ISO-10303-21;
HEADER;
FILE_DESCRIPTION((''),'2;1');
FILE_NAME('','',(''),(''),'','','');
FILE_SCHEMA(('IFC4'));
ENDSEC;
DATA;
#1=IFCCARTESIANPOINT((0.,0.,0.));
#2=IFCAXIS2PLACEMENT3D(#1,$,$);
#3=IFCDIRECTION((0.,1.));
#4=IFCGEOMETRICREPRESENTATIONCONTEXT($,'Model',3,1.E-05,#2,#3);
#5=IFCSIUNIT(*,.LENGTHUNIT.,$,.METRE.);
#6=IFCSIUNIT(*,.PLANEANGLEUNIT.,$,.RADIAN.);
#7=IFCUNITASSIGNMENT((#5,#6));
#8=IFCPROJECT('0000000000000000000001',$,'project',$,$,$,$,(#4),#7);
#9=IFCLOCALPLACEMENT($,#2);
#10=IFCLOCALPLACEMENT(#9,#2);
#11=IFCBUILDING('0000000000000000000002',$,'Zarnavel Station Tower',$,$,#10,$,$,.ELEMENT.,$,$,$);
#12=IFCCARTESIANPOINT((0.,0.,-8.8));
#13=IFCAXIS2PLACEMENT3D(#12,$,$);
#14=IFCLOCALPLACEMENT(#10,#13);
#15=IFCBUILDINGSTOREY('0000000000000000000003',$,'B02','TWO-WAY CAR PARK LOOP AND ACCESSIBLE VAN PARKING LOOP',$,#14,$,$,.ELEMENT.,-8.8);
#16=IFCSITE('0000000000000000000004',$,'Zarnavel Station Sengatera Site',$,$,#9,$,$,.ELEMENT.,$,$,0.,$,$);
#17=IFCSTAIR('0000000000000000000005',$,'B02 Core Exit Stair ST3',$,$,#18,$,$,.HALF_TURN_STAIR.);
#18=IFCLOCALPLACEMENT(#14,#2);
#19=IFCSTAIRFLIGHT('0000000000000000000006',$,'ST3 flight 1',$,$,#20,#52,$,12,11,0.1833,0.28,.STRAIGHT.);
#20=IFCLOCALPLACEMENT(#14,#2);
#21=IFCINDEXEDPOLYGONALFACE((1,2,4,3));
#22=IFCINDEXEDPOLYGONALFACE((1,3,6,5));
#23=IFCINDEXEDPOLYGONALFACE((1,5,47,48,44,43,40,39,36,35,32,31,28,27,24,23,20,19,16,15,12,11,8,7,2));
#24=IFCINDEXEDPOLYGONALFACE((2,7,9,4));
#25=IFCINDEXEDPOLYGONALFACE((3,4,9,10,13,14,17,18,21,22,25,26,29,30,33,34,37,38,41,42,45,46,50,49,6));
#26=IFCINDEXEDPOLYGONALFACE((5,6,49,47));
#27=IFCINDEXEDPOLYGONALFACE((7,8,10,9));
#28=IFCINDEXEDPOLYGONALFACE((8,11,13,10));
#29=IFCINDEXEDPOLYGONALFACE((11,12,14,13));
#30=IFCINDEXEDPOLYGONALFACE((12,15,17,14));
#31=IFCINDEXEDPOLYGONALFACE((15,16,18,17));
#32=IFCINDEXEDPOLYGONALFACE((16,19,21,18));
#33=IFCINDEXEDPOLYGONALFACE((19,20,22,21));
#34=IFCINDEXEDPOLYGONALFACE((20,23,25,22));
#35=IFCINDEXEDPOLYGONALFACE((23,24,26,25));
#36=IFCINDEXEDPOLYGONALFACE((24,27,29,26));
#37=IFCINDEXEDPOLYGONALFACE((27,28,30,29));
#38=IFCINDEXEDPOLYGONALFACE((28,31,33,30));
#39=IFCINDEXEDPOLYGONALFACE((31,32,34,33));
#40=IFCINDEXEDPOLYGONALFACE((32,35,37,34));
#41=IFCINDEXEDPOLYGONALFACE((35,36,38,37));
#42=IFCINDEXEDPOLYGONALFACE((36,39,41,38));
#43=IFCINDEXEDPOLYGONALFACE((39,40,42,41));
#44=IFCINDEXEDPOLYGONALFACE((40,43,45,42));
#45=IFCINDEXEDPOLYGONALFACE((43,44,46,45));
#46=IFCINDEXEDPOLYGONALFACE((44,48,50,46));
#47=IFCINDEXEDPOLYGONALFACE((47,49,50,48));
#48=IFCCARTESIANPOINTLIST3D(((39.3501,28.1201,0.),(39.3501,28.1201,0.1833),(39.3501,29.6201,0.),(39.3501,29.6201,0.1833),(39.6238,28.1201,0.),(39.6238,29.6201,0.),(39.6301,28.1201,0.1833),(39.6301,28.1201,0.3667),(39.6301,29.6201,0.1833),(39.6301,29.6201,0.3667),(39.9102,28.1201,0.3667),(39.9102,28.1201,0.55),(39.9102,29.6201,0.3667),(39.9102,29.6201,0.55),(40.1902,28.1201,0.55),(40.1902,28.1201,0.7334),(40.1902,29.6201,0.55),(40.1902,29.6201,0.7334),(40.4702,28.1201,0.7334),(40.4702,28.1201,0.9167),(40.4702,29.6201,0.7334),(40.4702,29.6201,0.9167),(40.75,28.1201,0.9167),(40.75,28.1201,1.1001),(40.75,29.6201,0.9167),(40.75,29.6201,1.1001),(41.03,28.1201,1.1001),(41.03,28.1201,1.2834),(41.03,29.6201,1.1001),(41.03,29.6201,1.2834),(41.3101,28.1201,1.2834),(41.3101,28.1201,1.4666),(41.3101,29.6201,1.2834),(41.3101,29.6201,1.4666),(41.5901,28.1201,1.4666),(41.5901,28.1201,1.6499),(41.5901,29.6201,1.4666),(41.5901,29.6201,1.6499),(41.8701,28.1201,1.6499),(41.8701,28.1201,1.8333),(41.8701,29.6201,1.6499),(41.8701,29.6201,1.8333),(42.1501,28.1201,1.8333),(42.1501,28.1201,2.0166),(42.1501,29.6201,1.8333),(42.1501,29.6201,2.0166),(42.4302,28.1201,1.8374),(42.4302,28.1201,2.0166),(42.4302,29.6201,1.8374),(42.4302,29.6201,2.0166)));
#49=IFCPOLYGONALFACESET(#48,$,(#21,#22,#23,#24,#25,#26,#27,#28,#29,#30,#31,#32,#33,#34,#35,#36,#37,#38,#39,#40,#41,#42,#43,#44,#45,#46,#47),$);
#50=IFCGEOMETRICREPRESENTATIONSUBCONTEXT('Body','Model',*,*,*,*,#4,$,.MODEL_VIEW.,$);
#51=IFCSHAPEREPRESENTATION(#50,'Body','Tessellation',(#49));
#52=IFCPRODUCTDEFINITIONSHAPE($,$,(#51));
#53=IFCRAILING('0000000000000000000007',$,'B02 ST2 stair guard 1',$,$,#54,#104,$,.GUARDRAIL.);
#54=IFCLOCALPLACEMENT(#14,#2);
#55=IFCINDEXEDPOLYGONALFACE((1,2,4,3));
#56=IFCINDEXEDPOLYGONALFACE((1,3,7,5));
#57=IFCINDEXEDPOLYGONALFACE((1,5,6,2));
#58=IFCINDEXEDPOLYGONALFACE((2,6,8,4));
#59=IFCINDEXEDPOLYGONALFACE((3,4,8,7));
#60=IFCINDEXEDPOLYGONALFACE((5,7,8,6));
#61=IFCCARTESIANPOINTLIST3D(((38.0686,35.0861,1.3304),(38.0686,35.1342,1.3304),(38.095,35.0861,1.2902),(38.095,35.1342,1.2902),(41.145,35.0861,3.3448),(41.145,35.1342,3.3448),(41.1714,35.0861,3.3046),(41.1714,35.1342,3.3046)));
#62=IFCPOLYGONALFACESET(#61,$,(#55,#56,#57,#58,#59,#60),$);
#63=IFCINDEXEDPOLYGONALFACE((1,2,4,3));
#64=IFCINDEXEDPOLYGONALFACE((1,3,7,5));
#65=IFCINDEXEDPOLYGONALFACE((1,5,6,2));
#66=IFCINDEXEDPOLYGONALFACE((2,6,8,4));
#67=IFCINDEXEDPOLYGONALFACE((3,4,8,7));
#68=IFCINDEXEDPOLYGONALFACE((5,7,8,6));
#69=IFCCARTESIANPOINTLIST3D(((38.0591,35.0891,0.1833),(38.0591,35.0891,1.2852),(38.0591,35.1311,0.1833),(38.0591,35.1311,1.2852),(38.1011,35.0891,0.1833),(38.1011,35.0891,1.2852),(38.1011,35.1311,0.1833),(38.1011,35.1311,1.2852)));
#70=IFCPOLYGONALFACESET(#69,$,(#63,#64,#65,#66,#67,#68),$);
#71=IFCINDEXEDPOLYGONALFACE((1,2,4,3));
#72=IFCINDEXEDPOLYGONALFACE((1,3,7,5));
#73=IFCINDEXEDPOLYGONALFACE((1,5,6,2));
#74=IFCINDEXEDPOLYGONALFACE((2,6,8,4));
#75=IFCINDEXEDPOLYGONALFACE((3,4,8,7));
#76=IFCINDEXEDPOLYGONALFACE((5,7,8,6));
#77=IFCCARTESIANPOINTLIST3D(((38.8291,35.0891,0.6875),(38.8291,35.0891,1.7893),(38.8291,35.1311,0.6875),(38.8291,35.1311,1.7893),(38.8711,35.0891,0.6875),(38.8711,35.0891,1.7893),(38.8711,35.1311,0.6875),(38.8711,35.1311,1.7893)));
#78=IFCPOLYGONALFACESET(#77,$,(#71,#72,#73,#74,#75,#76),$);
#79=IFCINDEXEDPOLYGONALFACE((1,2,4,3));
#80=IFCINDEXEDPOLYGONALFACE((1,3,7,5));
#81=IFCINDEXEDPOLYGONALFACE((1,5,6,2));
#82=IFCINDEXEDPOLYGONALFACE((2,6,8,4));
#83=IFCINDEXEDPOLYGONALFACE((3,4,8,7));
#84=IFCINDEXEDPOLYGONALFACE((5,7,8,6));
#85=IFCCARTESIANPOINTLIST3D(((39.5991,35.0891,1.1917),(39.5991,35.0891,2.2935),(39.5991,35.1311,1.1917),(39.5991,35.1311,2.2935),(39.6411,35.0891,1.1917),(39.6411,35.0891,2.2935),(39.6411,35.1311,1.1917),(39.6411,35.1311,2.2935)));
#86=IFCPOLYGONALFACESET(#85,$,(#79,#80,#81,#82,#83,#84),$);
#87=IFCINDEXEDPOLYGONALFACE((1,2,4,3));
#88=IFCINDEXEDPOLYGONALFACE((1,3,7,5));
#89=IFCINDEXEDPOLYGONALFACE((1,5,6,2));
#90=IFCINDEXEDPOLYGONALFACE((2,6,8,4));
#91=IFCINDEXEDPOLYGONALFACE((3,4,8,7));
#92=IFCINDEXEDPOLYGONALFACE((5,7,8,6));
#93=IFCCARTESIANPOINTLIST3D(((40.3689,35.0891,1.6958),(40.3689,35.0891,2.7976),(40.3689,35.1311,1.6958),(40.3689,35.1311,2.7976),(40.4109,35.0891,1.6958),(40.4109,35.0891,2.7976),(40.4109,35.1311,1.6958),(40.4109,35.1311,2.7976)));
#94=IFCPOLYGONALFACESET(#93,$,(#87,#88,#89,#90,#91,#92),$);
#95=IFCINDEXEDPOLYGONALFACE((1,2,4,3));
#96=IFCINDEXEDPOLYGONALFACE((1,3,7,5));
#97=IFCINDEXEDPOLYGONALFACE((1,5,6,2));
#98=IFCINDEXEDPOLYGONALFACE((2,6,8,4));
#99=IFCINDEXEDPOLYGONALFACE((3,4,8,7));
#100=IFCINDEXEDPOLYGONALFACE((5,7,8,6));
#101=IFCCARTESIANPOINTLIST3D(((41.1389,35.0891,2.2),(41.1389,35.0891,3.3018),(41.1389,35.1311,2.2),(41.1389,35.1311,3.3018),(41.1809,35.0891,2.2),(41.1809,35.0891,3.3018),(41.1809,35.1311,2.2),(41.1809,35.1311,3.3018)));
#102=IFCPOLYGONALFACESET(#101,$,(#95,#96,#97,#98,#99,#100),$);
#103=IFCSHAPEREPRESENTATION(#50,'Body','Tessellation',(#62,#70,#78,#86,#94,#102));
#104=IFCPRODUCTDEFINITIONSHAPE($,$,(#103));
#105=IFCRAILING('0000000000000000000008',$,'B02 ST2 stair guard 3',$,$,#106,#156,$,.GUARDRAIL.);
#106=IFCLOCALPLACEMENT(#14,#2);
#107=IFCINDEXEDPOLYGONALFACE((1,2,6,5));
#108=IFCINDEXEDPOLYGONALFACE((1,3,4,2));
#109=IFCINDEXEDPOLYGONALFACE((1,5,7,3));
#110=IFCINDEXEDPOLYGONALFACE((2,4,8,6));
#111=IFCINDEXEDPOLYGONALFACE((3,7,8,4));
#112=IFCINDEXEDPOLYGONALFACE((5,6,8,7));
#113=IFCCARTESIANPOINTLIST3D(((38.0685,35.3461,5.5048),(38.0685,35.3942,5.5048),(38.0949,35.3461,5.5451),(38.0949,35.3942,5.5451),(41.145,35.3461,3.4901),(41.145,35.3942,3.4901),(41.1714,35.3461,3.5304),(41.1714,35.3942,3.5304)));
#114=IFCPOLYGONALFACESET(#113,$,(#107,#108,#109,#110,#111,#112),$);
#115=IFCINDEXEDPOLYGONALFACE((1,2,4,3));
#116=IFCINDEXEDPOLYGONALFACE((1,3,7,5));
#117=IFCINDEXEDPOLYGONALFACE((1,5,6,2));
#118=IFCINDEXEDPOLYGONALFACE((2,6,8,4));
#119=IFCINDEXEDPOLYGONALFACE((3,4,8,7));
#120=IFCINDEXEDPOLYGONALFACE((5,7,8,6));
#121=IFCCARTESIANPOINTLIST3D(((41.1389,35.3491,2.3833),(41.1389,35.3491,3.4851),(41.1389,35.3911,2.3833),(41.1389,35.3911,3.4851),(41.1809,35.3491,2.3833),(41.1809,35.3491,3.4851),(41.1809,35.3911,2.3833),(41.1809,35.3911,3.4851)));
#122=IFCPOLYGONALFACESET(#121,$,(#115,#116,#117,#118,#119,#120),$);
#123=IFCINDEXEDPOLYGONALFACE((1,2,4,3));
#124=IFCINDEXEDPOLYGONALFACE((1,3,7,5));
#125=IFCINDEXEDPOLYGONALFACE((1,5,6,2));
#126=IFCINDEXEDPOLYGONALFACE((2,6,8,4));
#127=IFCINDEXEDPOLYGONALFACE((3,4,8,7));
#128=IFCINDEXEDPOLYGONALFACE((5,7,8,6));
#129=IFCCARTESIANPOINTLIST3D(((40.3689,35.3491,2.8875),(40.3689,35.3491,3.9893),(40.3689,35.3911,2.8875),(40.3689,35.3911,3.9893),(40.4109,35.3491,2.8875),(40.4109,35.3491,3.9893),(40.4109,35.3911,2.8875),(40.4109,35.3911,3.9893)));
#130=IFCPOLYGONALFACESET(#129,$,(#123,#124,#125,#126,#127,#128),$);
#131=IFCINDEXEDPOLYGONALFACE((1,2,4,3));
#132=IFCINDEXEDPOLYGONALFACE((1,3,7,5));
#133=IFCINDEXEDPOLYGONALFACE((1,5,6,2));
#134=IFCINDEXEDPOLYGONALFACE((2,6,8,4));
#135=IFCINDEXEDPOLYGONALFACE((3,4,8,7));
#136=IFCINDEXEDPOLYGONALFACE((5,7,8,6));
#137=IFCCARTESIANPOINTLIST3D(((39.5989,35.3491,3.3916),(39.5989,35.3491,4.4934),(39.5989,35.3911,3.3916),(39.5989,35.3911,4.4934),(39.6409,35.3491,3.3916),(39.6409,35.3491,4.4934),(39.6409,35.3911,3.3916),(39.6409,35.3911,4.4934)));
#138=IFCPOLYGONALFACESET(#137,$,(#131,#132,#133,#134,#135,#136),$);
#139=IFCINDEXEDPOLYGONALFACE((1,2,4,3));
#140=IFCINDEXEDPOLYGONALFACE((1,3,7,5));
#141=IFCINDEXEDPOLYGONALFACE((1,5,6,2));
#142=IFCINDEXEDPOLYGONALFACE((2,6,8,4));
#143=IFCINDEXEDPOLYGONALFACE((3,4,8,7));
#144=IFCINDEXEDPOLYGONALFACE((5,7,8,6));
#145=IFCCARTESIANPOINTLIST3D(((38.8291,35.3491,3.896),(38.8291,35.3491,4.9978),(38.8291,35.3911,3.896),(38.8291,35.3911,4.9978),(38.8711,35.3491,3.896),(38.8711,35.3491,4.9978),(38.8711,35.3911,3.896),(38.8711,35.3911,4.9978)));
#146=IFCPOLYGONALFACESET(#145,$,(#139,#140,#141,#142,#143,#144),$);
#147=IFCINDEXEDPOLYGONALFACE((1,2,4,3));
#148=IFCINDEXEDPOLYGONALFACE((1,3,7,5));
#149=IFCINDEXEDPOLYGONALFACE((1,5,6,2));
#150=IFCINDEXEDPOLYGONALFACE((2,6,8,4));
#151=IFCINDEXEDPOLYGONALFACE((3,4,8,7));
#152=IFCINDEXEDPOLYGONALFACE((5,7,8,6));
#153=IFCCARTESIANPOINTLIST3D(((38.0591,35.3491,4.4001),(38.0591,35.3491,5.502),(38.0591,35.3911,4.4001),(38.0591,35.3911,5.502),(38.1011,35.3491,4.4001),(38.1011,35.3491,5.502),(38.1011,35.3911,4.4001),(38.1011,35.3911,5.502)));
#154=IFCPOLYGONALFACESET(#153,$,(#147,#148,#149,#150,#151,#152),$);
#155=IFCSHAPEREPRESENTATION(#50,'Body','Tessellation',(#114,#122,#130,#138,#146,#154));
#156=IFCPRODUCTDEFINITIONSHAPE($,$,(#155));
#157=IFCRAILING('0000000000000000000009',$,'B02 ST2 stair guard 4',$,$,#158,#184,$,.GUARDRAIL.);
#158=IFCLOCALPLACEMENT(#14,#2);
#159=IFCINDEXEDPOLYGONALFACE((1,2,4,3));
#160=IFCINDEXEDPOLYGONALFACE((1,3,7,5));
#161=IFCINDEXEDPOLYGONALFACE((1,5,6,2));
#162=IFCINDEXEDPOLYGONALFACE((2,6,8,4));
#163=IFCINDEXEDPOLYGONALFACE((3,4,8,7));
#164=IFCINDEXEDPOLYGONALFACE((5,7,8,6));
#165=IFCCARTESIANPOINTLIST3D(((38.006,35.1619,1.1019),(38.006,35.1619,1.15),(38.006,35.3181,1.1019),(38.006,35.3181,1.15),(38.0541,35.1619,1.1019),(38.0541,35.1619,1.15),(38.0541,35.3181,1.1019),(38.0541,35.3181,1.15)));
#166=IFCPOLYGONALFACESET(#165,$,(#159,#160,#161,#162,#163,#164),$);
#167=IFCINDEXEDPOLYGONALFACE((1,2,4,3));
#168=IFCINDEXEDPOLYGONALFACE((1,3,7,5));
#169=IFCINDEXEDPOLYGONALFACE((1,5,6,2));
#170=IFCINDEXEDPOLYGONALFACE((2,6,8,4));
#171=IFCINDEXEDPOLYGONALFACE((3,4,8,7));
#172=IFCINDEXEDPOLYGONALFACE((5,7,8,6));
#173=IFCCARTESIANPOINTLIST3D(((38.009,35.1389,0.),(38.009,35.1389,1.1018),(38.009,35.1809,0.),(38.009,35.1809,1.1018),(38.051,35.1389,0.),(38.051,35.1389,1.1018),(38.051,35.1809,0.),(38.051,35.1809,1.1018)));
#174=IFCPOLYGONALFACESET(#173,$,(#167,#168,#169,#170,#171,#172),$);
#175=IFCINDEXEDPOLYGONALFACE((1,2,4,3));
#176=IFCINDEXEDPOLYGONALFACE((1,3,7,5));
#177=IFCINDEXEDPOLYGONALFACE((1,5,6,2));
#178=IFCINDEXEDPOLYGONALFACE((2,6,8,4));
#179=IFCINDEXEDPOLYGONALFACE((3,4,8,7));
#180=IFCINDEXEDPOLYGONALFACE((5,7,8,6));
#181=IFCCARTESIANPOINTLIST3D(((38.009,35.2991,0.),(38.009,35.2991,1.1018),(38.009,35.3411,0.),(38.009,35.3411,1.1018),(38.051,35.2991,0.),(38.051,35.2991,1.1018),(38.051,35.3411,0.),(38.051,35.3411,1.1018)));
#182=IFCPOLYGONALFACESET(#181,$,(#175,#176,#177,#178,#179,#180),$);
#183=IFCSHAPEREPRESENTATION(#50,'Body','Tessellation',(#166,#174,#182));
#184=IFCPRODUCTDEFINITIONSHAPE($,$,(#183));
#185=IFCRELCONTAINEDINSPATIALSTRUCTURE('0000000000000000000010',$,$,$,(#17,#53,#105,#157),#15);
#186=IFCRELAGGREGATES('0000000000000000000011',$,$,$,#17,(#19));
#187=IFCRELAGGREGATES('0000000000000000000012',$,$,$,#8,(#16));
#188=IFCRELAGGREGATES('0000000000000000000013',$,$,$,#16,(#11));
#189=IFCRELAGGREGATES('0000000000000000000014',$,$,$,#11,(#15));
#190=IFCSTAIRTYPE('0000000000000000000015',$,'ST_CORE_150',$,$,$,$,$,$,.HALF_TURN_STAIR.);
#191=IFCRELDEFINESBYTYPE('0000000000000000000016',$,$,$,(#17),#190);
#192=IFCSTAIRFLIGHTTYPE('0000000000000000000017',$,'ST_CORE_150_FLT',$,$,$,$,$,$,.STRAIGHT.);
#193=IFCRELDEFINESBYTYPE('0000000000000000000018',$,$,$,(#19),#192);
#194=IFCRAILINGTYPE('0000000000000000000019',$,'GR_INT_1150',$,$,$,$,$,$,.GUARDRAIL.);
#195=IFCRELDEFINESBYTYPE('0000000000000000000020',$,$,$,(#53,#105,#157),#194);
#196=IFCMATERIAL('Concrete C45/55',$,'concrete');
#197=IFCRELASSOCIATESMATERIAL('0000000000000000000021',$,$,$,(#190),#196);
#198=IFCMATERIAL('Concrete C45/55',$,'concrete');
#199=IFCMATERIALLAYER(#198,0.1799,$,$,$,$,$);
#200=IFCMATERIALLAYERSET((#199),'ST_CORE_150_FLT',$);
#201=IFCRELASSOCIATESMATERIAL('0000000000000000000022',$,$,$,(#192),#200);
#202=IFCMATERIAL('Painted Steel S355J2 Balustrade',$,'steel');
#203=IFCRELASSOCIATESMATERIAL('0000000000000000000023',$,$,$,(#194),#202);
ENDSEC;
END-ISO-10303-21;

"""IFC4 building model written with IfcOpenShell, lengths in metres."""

from ifc_helpers import new_model, si_unit, direction, frame, origin, origin_2d, place, context, subcontext, project, spatial, polyline, rectangle, outline, extrude, material, layer, layer_set, type_object, element, aggregate, save


model = new_model("IFC4")

# Units and contexts
model_context = context("Model", 3, precision=1e-05, world=origin(), true_north=direction((0.0, 1.0)))
body_context = subcontext(model_context, "Body", "Model", "MODEL_VIEW")
ifc_project = project(units=[si_unit("LENGTHUNIT", "METRE"), si_unit("PLANEANGLEUNIT", "RADIAN")], contexts=[model_context])

# Site, building, storey
site_placement = place(None, origin())
site = spatial("IfcSite", under=ifc_project, at=site_placement, Name="Zarnavel Station Sengatera Site", CompositionType="ELEMENT", RefElevation=0.0)
building_placement = place(site_placement, origin())
building = spatial("IfcBuilding", under=site, at=building_placement, Name="Zarnavel Station Tower", CompositionType="ELEMENT")
storey_placement = place(building_placement, frame((0.0, 0.0, -8.8)))
storey = spatial("IfcBuildingStorey", under=building, at=storey_placement, Name="B02", Description="TWO-WAY CAR PARK LOOP AND ACCESSIBLE VAN PARKING LOOP", CompositionType="ELEMENT", Elevation=-8.8)

# Shared definitions
ifc_material_1 = material(Name="Concrete C45/55", Category="concrete")
stair_type = type_object("IfcStairType", Name="ST_CORE_150", PredefinedType="HALF_TURN_STAIR", material=ifc_material_1)
ifc_material_2 = material(Name="Concrete C45/55", Category="concrete")
ifc_layer_1 = layer(ifc_material_2, 0.1799)
ifc_layer_set_1 = layer_set([ifc_layer_1], Name="ST_CORE_150_FLT")
stair_flight_type = type_object("IfcStairFlightType", Name="ST_CORE_150_FLT", PredefinedType="STRAIGHT", material=ifc_layer_set_1)

# Stair, stair flight
stair_1_placement = place(storey_placement, origin())
stair_1 = element("IfcStair", 1, at=stair_1_placement, inside=storey, type_object=stair_type, Name="B02 Core Exit Stair ST3", PredefinedType="HALF_TURN_STAIR")
stair_flight_1_placement = place(storey_placement, frame((39.3501, 28.8701, 0.0), z_axis=(0.0, 0.0, 1.0), x_axis=(1.0, 0.0, 0.0)))
stair_flight_1 = element("IfcStairFlight", 2, at=stair_flight_1_placement, type_object=stair_flight_type, Name="ST3 flight 1", NumberOfRisers=12, NumberOfTreads=11, PredefinedType="STRAIGHT", RiserHeight=0.1833, TreadLength=0.28, context=body_context, shape_type="SweptSolid", body=[
    extrude(outline(polyline([(0.0, 0.0), (0.0, 0.1833), (0.28, 0.1833), (0.28, 0.3667), (0.5601, 0.3667), (0.5601, 0.55), (0.8401, 0.55), (0.8401, 0.7334), (1.1201, 0.7334), (1.1201, 0.9167), (1.3999, 0.9167), (1.3999, 1.1001), (1.6799, 1.1001), (1.6799, 1.2834), (1.96, 1.2834), (1.96, 1.4666), (2.24, 1.4666), (2.24, 1.6499), (2.52, 1.6499), (2.52, 1.8333), (2.8, 1.8333), (2.8, 2.0166), (3.0801, 2.0166), (3.0801, 2.2), (3.0801, 1.8374), (0.2737, 0.0), (0.0, 0.0)])), frame((0.0, 0.75, 0.0), z_axis=(0.0, -1.0, 0.0), x_axis=(1.0, 0.0, 0.0)), (0.0, 0.0, 1.0), 1.5),
])
aggregate(stair_1, [stair_flight_1])

# Railings
ifc_material_3 = material(Name="Painted Steel S355J2 Balustrade", Category="steel")
railing_type_1 = type_object("IfcRailingType", Name="GR_INT_1150", PredefinedType="GUARDRAIL", material=ifc_material_3)
railing_1_placement = place(storey_placement, frame((38.0801, 35.1101, 0.1833)))
element("IfcRailing", 3, at=railing_1_placement, inside=storey, type_object=railing_type_1, Name="B02 ST2 stair guard 1", PredefinedType="GUARDRAIL", context=body_context, shape_type="SweptSolid", body=[
    extrude(rectangle(XDim=0.0481, YDim=0.0481, at=origin_2d()), frame((0.0017, 0.0, 1.127), z_axis=(0.836613, 0.0, 0.547794), x_axis=(0.0, 1.0, 0.0)), (0.0, 0.0, 1.0), 3.6772),
    extrude(rectangle(XDim=0.042, YDim=0.042, at=origin_2d()), origin(), (0.0, 0.0, 1.0), 1.1018),
    extrude(rectangle(XDim=0.042, YDim=0.042, at=origin_2d()), frame((0.77, 0.0, 0.5042)), (0.0, 0.0, 1.0), 1.1018),
    extrude(rectangle(XDim=0.042, YDim=0.042, at=origin_2d()), frame((1.54, 0.0, 1.0083)), (0.0, 0.0, 1.0), 1.1018),
    extrude(rectangle(XDim=0.042, YDim=0.042, at=origin_2d()), frame((2.3098, 0.0, 1.5125)), (0.0, 0.0, 1.0), 1.1018),
    extrude(rectangle(XDim=0.042, YDim=0.042, at=origin_2d()), frame((3.0798, 0.0, 2.0166)), (0.0, 0.0, 1.0), 1.1018),
])
railing_2_placement = place(storey_placement, frame((41.1599, 35.3701, 2.3833)))
element("IfcRailing", 4, at=railing_2_placement, inside=storey, type_object=railing_type_1, Name="B02 ST2 stair guard 3", PredefinedType="GUARDRAIL", context=body_context, shape_type="SweptSolid", body=[
    extrude(rectangle(XDim=0.0481, YDim=0.0481, at=origin_2d()), frame((-0.0017, 0.0, 1.127), z_axis=(-0.836583, 0.0, 0.547841), x_axis=(0.0, -1.0, 0.0)), (0.0, 0.0, 1.0), 3.6775),
    extrude(rectangle(XDim=0.042, YDim=0.042, at=origin_2d()), origin(), (0.0, 0.0, 1.0), 1.1018),
    extrude(rectangle(XDim=0.042, YDim=0.042, at=origin_2d()), frame((-0.77, 0.0, 0.5042)), (0.0, 0.0, 1.0), 1.1018),
    extrude(rectangle(XDim=0.042, YDim=0.042, at=origin_2d()), frame((-1.54, 0.0, 1.0083)), (0.0, 0.0, 1.0), 1.1018),
    extrude(rectangle(XDim=0.042, YDim=0.042, at=origin_2d()), frame((-2.3098, 0.0, 1.5127)), (0.0, 0.0, 1.0), 1.1018),
    extrude(rectangle(XDim=0.042, YDim=0.042, at=origin_2d()), frame((-3.0798, 0.0, 2.0168)), (0.0, 0.0, 1.0), 1.1018),
])
railing_3_placement = place(storey_placement, frame((38.03, 35.1599, 0.0)))
element("IfcRailing", 5, at=railing_3_placement, inside=storey, type_object=railing_type_1, Name="B02 ST2 stair guard 4", PredefinedType="GUARDRAIL", context=body_context, shape_type="SweptSolid", body=[
    extrude(rectangle(XDim=0.0481, YDim=0.0481, at=origin_2d()), frame((0.0, 0.002, 1.126), z_axis=(0.0, 1.0, 0.0), x_axis=(-1.0, 0.0, 0.0)), (0.0, 0.0, 1.0), 0.1562),
    extrude(rectangle(XDim=0.042, YDim=0.042, at=origin_2d()), origin(), (0.0, 0.0, 1.0), 1.1018),
    extrude(rectangle(XDim=0.042, YDim=0.042, at=origin_2d()), frame((0.0, 0.1602, 0.0)), (0.0, 0.0, 1.0), 1.1018),
])

save(model, "model.ifc")
